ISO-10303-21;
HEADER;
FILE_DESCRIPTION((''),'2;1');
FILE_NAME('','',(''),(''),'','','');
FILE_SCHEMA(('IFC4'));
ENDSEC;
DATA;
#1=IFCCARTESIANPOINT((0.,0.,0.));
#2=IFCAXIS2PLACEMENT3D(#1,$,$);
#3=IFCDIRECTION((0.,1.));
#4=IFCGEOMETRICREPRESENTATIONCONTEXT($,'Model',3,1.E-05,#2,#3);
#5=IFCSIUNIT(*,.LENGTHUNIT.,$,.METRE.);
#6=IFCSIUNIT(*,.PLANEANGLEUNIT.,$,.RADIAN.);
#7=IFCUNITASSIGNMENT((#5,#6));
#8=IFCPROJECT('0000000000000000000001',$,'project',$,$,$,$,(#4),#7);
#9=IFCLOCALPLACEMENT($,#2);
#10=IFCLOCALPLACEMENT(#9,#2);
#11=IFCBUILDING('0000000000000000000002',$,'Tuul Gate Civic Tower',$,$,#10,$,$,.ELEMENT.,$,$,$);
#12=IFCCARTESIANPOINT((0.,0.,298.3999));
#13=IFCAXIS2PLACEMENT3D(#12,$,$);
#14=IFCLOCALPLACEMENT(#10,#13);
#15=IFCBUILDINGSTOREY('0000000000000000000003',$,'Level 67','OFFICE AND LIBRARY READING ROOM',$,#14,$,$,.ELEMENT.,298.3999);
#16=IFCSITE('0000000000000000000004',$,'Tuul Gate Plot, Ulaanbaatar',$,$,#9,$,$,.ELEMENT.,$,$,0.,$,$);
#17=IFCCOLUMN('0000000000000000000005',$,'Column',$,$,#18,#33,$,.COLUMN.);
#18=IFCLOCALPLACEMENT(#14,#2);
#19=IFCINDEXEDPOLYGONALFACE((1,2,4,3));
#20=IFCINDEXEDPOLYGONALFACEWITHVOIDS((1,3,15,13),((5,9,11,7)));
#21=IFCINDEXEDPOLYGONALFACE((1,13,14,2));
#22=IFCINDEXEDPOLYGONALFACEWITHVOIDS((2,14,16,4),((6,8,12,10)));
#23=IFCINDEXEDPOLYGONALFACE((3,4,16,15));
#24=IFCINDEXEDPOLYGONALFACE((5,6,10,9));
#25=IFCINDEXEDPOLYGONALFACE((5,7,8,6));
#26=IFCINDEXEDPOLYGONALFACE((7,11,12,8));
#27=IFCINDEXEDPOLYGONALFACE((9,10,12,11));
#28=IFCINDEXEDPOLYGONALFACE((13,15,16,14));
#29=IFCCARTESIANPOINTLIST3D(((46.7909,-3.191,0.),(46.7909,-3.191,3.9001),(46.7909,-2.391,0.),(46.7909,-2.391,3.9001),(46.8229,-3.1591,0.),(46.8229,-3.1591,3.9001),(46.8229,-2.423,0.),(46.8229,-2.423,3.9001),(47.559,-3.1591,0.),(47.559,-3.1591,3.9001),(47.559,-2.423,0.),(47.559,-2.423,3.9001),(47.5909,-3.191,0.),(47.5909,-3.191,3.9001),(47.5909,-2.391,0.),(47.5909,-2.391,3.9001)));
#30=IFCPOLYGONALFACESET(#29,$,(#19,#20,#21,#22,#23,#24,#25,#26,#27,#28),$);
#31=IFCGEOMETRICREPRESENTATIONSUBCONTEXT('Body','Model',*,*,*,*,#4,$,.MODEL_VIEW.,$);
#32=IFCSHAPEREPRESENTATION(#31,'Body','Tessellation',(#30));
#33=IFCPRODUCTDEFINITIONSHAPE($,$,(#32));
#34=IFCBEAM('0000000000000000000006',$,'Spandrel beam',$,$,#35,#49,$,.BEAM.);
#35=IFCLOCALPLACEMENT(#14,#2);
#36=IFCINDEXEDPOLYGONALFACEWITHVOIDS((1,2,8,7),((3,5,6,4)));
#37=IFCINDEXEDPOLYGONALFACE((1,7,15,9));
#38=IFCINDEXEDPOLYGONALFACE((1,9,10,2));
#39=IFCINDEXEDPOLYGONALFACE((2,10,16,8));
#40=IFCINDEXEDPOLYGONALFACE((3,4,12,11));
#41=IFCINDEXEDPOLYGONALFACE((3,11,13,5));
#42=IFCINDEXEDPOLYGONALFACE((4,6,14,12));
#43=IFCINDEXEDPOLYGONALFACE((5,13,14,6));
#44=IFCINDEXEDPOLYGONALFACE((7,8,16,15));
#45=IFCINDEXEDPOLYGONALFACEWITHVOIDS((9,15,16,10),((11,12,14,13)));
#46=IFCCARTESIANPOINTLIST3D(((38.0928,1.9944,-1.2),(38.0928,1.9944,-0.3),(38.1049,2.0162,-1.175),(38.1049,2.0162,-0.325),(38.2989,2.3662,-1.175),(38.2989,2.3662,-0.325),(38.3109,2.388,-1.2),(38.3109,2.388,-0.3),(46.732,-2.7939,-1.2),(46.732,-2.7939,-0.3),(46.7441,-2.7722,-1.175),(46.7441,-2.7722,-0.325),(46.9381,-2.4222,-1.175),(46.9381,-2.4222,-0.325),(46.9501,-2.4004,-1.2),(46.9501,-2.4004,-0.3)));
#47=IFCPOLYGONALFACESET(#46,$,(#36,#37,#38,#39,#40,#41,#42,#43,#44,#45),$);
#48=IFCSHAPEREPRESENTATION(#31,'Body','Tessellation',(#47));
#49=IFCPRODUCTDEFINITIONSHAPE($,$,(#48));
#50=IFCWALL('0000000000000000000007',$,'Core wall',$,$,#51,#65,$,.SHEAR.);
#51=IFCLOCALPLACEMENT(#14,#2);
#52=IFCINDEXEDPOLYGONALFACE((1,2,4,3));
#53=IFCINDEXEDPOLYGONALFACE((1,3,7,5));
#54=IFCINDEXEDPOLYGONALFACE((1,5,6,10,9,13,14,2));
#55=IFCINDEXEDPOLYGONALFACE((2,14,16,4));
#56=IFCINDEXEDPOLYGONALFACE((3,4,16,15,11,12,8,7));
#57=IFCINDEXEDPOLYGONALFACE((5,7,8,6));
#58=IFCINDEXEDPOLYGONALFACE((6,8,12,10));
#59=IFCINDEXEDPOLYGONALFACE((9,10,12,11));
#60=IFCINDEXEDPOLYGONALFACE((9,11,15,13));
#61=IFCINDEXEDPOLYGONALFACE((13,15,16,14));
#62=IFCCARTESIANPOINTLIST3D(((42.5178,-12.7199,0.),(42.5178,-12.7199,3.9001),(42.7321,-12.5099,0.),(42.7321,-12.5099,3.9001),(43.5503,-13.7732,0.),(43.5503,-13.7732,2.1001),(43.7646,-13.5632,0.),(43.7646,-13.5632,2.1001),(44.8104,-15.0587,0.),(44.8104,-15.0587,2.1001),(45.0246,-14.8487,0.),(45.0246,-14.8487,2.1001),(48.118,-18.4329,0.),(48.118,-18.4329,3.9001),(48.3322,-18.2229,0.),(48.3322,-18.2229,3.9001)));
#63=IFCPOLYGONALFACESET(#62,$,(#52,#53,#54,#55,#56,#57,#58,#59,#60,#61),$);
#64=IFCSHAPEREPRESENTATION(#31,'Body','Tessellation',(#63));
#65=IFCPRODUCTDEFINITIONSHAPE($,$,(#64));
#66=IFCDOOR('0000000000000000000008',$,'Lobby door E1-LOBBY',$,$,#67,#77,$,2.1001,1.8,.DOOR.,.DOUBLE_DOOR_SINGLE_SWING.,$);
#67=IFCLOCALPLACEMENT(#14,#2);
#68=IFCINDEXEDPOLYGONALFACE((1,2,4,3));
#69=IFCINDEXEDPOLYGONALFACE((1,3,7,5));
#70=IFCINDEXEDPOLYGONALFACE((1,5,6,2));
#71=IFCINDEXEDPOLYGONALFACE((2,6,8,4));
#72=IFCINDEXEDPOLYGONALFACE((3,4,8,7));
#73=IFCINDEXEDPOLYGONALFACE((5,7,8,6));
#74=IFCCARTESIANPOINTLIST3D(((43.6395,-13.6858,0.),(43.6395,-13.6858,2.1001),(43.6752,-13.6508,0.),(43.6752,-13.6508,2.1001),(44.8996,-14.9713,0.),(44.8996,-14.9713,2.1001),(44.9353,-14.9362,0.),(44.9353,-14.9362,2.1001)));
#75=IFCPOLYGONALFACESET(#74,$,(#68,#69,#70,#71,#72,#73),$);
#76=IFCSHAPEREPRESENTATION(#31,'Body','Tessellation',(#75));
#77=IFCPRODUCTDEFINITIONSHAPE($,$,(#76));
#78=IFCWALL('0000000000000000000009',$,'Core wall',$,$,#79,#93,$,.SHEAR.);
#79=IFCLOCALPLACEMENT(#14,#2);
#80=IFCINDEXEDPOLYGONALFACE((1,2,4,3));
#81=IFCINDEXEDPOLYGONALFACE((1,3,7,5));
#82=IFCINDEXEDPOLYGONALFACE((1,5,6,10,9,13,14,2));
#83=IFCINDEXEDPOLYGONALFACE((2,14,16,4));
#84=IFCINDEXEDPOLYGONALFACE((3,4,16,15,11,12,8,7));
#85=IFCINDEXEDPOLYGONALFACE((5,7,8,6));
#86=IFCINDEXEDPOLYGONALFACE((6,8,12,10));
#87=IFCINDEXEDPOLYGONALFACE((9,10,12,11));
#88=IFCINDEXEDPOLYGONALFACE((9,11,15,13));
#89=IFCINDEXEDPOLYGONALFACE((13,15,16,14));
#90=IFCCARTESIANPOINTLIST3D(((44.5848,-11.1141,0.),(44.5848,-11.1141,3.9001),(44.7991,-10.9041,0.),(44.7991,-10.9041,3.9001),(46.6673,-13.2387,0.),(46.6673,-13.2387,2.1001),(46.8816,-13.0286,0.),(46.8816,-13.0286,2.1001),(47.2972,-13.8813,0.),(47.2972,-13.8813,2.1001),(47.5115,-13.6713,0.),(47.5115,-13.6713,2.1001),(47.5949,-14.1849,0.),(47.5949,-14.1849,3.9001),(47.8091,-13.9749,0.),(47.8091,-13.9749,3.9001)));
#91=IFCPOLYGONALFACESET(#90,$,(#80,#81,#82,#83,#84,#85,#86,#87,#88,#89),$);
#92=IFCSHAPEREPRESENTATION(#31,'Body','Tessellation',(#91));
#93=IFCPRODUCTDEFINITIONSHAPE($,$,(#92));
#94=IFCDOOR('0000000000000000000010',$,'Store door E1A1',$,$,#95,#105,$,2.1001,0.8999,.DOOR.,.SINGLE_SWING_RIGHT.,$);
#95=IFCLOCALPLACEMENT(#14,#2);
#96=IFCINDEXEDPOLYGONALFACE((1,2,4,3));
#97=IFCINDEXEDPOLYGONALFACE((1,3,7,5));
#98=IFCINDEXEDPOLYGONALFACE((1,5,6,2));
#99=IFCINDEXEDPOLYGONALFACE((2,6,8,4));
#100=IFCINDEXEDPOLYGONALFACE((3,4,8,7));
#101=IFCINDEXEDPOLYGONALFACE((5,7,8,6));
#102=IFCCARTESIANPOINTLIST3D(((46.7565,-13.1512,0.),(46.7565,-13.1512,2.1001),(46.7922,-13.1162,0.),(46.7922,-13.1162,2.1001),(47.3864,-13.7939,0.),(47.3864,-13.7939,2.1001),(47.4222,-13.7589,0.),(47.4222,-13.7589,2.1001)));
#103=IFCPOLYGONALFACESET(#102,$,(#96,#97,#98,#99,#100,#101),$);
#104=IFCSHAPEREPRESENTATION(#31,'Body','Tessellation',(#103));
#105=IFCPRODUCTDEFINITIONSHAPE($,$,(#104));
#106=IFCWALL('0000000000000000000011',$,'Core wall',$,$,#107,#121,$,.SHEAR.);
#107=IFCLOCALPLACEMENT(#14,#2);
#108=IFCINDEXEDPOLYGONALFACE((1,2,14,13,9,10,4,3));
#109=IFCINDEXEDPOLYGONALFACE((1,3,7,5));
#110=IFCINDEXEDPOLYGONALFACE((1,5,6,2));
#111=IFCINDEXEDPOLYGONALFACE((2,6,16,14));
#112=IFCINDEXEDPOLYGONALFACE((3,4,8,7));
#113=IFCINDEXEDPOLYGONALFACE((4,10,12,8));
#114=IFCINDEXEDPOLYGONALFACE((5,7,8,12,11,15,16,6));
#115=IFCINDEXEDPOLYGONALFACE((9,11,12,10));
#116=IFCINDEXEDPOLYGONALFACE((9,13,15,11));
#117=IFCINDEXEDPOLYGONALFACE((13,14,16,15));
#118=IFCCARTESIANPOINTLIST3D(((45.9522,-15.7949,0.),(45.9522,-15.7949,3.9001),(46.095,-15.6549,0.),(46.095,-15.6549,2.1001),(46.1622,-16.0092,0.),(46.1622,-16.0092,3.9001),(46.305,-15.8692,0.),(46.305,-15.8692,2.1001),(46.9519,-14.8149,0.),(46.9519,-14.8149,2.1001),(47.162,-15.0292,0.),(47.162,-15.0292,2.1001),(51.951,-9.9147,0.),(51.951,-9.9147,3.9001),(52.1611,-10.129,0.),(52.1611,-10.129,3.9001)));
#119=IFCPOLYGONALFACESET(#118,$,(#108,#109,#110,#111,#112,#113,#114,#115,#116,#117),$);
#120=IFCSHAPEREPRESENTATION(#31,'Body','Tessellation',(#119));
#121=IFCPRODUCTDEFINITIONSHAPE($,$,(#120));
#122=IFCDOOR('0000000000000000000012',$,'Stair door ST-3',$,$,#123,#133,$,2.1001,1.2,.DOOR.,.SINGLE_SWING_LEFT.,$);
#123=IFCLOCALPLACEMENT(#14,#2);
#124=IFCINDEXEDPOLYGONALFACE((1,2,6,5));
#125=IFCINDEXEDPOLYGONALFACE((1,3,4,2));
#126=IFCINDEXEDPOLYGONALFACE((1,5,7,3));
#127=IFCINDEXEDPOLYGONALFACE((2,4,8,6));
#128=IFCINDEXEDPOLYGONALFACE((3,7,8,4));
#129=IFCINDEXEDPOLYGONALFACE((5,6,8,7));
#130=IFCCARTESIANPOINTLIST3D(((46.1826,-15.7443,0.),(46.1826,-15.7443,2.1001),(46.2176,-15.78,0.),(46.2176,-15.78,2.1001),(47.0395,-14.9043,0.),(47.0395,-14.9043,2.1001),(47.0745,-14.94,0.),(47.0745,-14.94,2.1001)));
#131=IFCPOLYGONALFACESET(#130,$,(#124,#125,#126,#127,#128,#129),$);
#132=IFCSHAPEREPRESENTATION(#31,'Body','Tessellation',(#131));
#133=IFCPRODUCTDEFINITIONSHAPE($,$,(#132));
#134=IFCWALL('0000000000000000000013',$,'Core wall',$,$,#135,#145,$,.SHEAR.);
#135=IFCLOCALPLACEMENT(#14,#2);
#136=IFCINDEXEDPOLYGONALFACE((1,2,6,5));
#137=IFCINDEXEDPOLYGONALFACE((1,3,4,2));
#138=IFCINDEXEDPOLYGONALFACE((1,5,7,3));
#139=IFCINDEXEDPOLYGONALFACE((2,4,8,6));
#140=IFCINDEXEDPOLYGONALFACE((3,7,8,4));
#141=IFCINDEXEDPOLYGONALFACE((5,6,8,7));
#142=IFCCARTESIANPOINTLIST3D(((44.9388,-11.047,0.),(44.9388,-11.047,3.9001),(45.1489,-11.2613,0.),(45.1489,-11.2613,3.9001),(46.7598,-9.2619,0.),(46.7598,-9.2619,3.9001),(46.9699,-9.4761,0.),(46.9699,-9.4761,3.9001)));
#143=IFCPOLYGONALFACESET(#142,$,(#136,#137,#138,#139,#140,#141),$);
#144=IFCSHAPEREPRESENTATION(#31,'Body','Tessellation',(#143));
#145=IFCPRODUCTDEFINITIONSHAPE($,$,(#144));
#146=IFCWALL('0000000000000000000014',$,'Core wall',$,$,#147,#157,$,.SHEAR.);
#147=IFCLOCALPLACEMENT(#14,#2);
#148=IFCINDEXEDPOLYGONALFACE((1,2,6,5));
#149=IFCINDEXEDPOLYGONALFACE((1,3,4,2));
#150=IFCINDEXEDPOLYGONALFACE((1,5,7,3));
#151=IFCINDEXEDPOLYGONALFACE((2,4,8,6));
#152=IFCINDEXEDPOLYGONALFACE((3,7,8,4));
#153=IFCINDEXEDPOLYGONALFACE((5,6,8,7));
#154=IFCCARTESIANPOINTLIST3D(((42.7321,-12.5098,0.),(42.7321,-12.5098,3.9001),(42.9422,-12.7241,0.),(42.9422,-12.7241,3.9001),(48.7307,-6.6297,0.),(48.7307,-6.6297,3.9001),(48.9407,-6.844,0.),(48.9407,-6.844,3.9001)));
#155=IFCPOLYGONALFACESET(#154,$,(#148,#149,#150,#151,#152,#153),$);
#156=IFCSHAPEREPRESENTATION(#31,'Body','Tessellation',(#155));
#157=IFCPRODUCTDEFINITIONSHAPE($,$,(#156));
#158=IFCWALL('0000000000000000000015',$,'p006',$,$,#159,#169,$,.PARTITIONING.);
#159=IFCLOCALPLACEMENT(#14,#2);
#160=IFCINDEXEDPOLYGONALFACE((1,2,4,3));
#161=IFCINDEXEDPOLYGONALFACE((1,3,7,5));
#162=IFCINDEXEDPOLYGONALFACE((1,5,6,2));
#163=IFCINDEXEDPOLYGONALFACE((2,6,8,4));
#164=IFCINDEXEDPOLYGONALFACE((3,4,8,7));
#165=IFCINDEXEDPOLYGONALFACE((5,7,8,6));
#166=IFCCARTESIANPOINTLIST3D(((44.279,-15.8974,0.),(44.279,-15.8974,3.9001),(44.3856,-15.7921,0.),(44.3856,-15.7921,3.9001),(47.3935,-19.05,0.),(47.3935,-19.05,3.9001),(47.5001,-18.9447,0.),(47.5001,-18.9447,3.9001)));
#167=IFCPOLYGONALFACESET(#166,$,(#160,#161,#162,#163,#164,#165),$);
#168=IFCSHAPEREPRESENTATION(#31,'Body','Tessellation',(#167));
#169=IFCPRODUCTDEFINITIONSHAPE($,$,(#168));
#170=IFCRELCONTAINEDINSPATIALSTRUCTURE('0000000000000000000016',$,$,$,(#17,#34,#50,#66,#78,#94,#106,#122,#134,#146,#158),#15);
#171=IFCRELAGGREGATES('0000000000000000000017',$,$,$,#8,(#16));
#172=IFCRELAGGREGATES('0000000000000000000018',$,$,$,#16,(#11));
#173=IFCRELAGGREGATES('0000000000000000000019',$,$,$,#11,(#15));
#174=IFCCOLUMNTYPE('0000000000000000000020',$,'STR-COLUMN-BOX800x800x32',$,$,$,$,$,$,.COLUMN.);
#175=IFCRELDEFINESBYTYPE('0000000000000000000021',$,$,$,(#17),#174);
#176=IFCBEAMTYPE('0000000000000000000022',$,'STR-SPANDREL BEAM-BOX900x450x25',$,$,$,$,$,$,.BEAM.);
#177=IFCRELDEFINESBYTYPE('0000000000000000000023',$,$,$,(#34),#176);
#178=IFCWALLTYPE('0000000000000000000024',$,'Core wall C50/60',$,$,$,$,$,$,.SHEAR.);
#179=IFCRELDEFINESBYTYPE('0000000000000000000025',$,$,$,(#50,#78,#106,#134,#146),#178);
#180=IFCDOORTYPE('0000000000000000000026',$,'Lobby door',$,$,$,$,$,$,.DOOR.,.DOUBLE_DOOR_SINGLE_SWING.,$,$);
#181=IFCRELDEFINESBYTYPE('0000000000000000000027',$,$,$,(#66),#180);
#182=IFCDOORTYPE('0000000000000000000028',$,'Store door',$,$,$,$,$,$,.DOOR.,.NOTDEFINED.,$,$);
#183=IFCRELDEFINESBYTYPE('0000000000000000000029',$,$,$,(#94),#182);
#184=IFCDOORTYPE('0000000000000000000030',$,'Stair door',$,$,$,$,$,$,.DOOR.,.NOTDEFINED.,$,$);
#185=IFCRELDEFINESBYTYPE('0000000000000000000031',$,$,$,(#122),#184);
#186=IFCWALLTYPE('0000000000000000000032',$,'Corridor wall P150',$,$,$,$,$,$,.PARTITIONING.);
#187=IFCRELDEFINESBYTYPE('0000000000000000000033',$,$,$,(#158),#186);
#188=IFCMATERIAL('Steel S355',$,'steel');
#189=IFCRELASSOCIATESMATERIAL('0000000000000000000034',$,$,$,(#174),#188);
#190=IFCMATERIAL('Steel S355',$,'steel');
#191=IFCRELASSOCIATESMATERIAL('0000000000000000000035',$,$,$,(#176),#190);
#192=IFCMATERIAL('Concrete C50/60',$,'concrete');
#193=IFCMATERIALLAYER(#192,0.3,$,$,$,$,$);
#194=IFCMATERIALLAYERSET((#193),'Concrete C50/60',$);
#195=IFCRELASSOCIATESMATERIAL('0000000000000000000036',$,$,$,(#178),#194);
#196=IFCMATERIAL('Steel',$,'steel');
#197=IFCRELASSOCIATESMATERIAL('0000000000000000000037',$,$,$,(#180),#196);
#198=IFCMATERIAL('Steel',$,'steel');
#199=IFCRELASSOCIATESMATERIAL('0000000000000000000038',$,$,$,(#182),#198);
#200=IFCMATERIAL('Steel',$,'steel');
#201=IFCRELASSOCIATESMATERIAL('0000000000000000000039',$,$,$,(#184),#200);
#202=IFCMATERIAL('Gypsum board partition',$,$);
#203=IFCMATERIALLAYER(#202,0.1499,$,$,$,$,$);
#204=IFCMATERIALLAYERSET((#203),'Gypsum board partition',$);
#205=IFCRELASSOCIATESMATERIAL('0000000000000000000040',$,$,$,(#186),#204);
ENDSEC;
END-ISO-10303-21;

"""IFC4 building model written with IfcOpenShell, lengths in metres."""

from ifc_helpers import new_model, si_unit, direction, frame, frame_2d, origin, origin_2d, place, context, subcontext, project, spatial, rectangle, hollow_rectangle, extrude, material, layer, layer_set, material_profile, profile_set, type_object, element, fill, save


model = new_model("IFC4")

# Units and contexts
model_context = context("Model", 3, precision=1e-05, world=origin(), true_north=direction((0.0, 1.0)))
body_context = subcontext(model_context, "Body", "Model", "MODEL_VIEW")
ifc_project = project(units=[si_unit("LENGTHUNIT", "METRE"), si_unit("PLANEANGLEUNIT", "RADIAN")], contexts=[model_context])

# Site, building, storey
site_placement = place(None, origin())
site = spatial("IfcSite", under=ifc_project, at=site_placement, Name="Tuul Gate Plot, Ulaanbaatar", CompositionType="ELEMENT", RefElevation=0.0)
building_placement = place(site_placement, origin())
building = spatial("IfcBuilding", under=site, at=building_placement, Name="Tuul Gate Civic Tower", CompositionType="ELEMENT")
storey_placement = place(building_placement, frame((0.0, 0.0, 298.3999)))
storey = spatial("IfcBuildingStorey", under=building, at=storey_placement, Name="Level 67", Description="OFFICE AND LIBRARY READING ROOM", CompositionType="ELEMENT", Elevation=298.3999)

# Column
ifc_material_1 = material(Name="Steel S355", Category="steel")
ifc_material_profile_1 = material_profile(ifc_material_1, hollow_rectangle(XDim=0.8, YDim=0.8, WallThickness=0.032, at=origin_2d()), Name="BOX800x800x32")
ifc_profile_set_1 = profile_set([ifc_material_profile_1], Name="Steel S355")
column_type = type_object("IfcColumnType", Name="STR-COLUMN-BOX800x800x32", PredefinedType="COLUMN", material=ifc_profile_set_1)
column_placement = place(storey_placement, frame((47.1909, -2.791, 0.0), z_axis=(0.0, 0.0, 1.0), x_axis=(1.0, 0.0, 0.0)))
element("IfcColumn", 1, at=column_placement, inside=storey, type_object=column_type, Name="Column", PredefinedType="COLUMN", context=body_context, shape_type="SweptSolid", body=[
    extrude(hollow_rectangle(XDim=0.8, YDim=0.8, WallThickness=0.032, at=origin_2d()), origin(), (0.0, 0.0, 1.0), 3.9001),
])

# Beam
ifc_material_2 = material(Name="Steel S355", Category="steel")
ifc_material_profile_2 = material_profile(ifc_material_2, hollow_rectangle(XDim=0.45, YDim=0.8999, WallThickness=0.0249, at=origin_2d()), Name="BOX900x450x25")
ifc_profile_set_2 = profile_set([ifc_material_profile_2], Name="Steel S355")
beam_type = type_object("IfcBeamType", Name="STR-SPANDREL BEAM-BOX900x450x25", PredefinedType="BEAM", material=ifc_profile_set_2)
beam_placement = place(storey_placement, frame((46.8411, -2.5972, -0.75), z_axis=(-0.874638, 0.484776, 0.0), x_axis=(-0.484776, -0.874638, 0.0)))
element("IfcBeam", 2, at=beam_placement, inside=storey, type_object=beam_type, Name="Spandrel beam", PredefinedType="BEAM", context=body_context, shape_type="SweptSolid", body=[
    extrude(hollow_rectangle(XDim=0.45, YDim=0.8999, WallThickness=0.0249, at=origin_2d()), origin(), (0.0, 0.0, 1.0), 9.8774),
])

# Walls, openings, doors
ifc_material_3 = material(Name="Concrete C50/60", Category="concrete")
ifc_layer_1 = layer(ifc_material_3, 0.3)
ifc_layer_set_1 = layer_set([ifc_layer_1], Name="Concrete C50/60")
wall_type_1 = type_object("IfcWallType", Name="Core wall C50/60", PredefinedType="SHEAR", material=ifc_layer_set_1)
wall_1_placement = place(storey_placement, frame((48.2251, -18.3279, 0.0), z_axis=(0.0, 0.0, 1.0), x_axis=(-0.700022, 0.714121, 0.0)))
wall_1 = element("IfcWall", 3, at=wall_1_placement, inside=storey, type_object=wall_type_1, Name="Core wall", PredefinedType="SHEAR", context=body_context, shape_type="SweptSolid", body=[
    extrude(rectangle(XDim=8.0, YDim=0.3, at=frame_2d((4.0, 0.0))), origin(), (0.0, 0.0, 1.0), 3.9001),
])
opening_1_placement = place(wall_1_placement, frame((4.7251, 0.0, 0.0)))
opening_1 = element("IfcOpeningElement", 4, at=opening_1_placement, cuts=wall_1, PredefinedType="OPENING", context=body_context, shape_type="SweptSolid", body=[
    extrude(rectangle(XDim=1.8, YDim=2.1001, at=frame_2d((0.8999, 1.05))), frame((0.0, 0.1602, 0.0), z_axis=(0.0, -1.0, 0.0), x_axis=(1.0, 0.0, 0.0)), (0.0, 0.0, 1.0), 0.3201),
])
ifc_material_4 = material(Name="Steel", Category="steel")
door_type_1 = type_object("IfcDoorType", Name="Lobby door", OperationType="DOUBLE_DOOR_SINGLE_SWING", PredefinedType="DOOR", material=ifc_material_4)
door_1_placement = place(opening_1_placement, frame((1.8, 0.0, 0.0), z_axis=(0.0, 0.0, 1.0), x_axis=(-1.0, 0.0, 0.0)))
door_1 = element("IfcDoor", 5, at=door_1_placement, inside=storey, type_object=door_type_1, Name="Lobby door E1-LOBBY", OperationType="DOUBLE_DOOR_SINGLE_SWING", OverallHeight=2.1001, OverallWidth=1.8, PredefinedType="DOOR", context=body_context, shape_type="SweptSolid", body=[
    extrude(rectangle(XDim=1.8, YDim=2.1001, at=frame_2d((0.9001, 1.05))), frame((0.0, 0.0249, 0.0), z_axis=(0.0, -1.0, 0.0), x_axis=(1.0, 0.0, 0.0)), (0.0, 0.0, 1.0), 0.05),
])
fill(opening_1, door_1)
wall_2_placement = place(storey_placement, frame((47.7019, -14.0798, 0.0), z_axis=(0.0, 0.0, 1.0), x_axis=(-0.700003, 0.71414, 0.0)))
wall_2 = element("IfcWall", 6, at=wall_2_placement, inside=storey, type_object=wall_type_1, Name="Core wall", PredefinedType="SHEAR", context=body_context, shape_type="SweptSolid", body=[
    extrude(rectangle(XDim=4.3, YDim=0.3, at=frame_2d((2.1499, 0.0))), origin(), (0.0, 0.0, 1.0), 3.9001),
])
opening_2_placement = place(wall_2_placement, frame((0.425, 0.0, 0.0)))
opening_2 = element("IfcOpeningElement", 7, at=opening_2_placement, cuts=wall_2, PredefinedType="OPENING", context=body_context, shape_type="SweptSolid", body=[
    extrude(rectangle(XDim=0.8999, YDim=2.1001, at=frame_2d((0.45, 1.05))), frame((0.0, 0.1602, 0.0), z_axis=(0.0, -1.0, 0.0), x_axis=(1.0, 0.0, 0.0)), (0.0, 0.0, 1.0), 0.3201),
])
ifc_material_5 = material(Name="Steel", Category="steel")
door_type_2 = type_object("IfcDoorType", Name="Store door", OperationType="NOTDEFINED", PredefinedType="DOOR", material=ifc_material_5)
door_2_placement = place(opening_2_placement, frame((0.8999, 0.0, 0.0), z_axis=(0.0, 0.0, 1.0), x_axis=(-1.0, 0.0, 0.0)))
door_2 = element("IfcDoor", 8, at=door_2_placement, inside=storey, type_object=door_type_2, Name="Store door E1A1", OperationType="SINGLE_SWING_RIGHT", OverallHeight=2.1001, OverallWidth=0.8999, PredefinedType="DOOR", context=body_context, shape_type="SweptSolid", body=[
    extrude(rectangle(XDim=0.8999, YDim=2.1001, at=frame_2d((0.45, 1.05))), frame((0.0, 0.0249, 0.0), z_axis=(0.0, -1.0, 0.0), x_axis=(1.0, 0.0, 0.0)), (0.0, 0.0, 1.0), 0.05),
])
fill(opening_2, door_2)
wall_3_placement = place(storey_placement, frame((46.0571, -15.9021, 0.0), z_axis=(0.0, 0.0, 1.0), x_axis=(0.714134, 0.700009, 0.0)))
wall_3 = element("IfcWall", 9, at=wall_3_placement, inside=storey, type_object=wall_type_1, Name="Core wall", PredefinedType="SHEAR", context=body_context, shape_type="SweptSolid", body=[
    extrude(rectangle(XDim=8.4001, YDim=0.3, at=frame_2d((4.2002, 0.0))), origin(), (0.0, 0.0, 1.0), 3.9001),
])
opening_3_placement = place(wall_3_placement, frame((0.2, 0.0, 0.0)))
opening_3 = element("IfcOpeningElement", 10, at=opening_3_placement, cuts=wall_3, PredefinedType="OPENING", context=body_context, shape_type="SweptSolid", body=[
    extrude(rectangle(XDim=1.2, YDim=2.1001, at=frame_2d((0.6001, 1.05))), frame((0.0, 0.1602, 0.0), z_axis=(0.0, -1.0, 0.0), x_axis=(1.0, 0.0, 0.0)), (0.0, 0.0, 1.0), 0.3201),
])
ifc_material_6 = material(Name="Steel", Category="steel")
door_type_3 = type_object("IfcDoorType", Name="Stair door", OperationType="NOTDEFINED", PredefinedType="DOOR", material=ifc_material_6)
door_3_placement = place(opening_3_placement, origin())
door_3 = element("IfcDoor", 11, at=door_3_placement, inside=storey, type_object=door_type_3, Name="Stair door ST-3", OperationType="SINGLE_SWING_LEFT", OverallHeight=2.1001, OverallWidth=1.2, PredefinedType="DOOR", context=body_context, shape_type="SweptSolid", body=[
    extrude(rectangle(XDim=1.2, YDim=2.1001, at=frame_2d((0.6001, 1.05))), frame((0.0, 0.0249, 0.0), z_axis=(0.0, -1.0, 0.0), x_axis=(1.0, 0.0, 0.0)), (0.0, 0.0, 1.0), 0.05),
])
fill(opening_3, door_3)

# Walls
wall_4_placement = place(storey_placement, frame((45.0439, -11.1541, 0.0), z_axis=(0.0, 0.0, 1.0), x_axis=(0.714108, 0.700035, 0.0)))
element("IfcWall", 12, at=wall_4_placement, inside=storey, type_object=wall_type_1, Name="Core wall", PredefinedType="SHEAR", context=body_context, shape_type="SweptSolid", body=[
    extrude(rectangle(XDim=2.55, YDim=0.3, at=frame_2d((1.2749, 0.0))), origin(), (0.0, 0.0, 1.0), 3.9001),
])
wall_5_placement = place(storey_placement, frame((42.8372, -12.6169, 0.0), z_axis=(0.0, 0.0, 1.0), x_axis=(0.71412, 0.700023, 0.0)))
element("IfcWall", 13, at=wall_5_placement, inside=storey, type_object=wall_type_1, Name="Core wall", PredefinedType="SHEAR", context=body_context, shape_type="SweptSolid", body=[
    extrude(rectangle(XDim=8.3999, YDim=0.3, at=frame_2d((4.2, 0.0))), origin(), (0.0, 0.0, 1.0), 3.9001),
])
ifc_material_7 = material(Name="Gypsum board partition")
ifc_layer_2 = layer(ifc_material_7, 0.1499)
ifc_layer_set_2 = layer_set([ifc_layer_2], Name="Gypsum board partition")
wall_type_2 = type_object("IfcWallType", Name="Corridor wall P150", PredefinedType="PARTITIONING", material=ifc_layer_set_2)
wall_6_placement = place(storey_placement, frame((44.3323, -15.8447, 0.0), z_axis=(0.0, 0.0, 1.0), x_axis=(0.702797, -0.711391, 0.0)))
element("IfcWall", 14, at=wall_6_placement, inside=storey, type_object=wall_type_2, Name="p006", PredefinedType="PARTITIONING", context=body_context, shape_type="SweptSolid", body=[
    extrude(rectangle(XDim=4.4316, YDim=0.1499, at=frame_2d((2.2158, 0.0))), origin(), (0.0, 0.0, 1.0), 3.9001),
])

save(model, "model.ifc")
